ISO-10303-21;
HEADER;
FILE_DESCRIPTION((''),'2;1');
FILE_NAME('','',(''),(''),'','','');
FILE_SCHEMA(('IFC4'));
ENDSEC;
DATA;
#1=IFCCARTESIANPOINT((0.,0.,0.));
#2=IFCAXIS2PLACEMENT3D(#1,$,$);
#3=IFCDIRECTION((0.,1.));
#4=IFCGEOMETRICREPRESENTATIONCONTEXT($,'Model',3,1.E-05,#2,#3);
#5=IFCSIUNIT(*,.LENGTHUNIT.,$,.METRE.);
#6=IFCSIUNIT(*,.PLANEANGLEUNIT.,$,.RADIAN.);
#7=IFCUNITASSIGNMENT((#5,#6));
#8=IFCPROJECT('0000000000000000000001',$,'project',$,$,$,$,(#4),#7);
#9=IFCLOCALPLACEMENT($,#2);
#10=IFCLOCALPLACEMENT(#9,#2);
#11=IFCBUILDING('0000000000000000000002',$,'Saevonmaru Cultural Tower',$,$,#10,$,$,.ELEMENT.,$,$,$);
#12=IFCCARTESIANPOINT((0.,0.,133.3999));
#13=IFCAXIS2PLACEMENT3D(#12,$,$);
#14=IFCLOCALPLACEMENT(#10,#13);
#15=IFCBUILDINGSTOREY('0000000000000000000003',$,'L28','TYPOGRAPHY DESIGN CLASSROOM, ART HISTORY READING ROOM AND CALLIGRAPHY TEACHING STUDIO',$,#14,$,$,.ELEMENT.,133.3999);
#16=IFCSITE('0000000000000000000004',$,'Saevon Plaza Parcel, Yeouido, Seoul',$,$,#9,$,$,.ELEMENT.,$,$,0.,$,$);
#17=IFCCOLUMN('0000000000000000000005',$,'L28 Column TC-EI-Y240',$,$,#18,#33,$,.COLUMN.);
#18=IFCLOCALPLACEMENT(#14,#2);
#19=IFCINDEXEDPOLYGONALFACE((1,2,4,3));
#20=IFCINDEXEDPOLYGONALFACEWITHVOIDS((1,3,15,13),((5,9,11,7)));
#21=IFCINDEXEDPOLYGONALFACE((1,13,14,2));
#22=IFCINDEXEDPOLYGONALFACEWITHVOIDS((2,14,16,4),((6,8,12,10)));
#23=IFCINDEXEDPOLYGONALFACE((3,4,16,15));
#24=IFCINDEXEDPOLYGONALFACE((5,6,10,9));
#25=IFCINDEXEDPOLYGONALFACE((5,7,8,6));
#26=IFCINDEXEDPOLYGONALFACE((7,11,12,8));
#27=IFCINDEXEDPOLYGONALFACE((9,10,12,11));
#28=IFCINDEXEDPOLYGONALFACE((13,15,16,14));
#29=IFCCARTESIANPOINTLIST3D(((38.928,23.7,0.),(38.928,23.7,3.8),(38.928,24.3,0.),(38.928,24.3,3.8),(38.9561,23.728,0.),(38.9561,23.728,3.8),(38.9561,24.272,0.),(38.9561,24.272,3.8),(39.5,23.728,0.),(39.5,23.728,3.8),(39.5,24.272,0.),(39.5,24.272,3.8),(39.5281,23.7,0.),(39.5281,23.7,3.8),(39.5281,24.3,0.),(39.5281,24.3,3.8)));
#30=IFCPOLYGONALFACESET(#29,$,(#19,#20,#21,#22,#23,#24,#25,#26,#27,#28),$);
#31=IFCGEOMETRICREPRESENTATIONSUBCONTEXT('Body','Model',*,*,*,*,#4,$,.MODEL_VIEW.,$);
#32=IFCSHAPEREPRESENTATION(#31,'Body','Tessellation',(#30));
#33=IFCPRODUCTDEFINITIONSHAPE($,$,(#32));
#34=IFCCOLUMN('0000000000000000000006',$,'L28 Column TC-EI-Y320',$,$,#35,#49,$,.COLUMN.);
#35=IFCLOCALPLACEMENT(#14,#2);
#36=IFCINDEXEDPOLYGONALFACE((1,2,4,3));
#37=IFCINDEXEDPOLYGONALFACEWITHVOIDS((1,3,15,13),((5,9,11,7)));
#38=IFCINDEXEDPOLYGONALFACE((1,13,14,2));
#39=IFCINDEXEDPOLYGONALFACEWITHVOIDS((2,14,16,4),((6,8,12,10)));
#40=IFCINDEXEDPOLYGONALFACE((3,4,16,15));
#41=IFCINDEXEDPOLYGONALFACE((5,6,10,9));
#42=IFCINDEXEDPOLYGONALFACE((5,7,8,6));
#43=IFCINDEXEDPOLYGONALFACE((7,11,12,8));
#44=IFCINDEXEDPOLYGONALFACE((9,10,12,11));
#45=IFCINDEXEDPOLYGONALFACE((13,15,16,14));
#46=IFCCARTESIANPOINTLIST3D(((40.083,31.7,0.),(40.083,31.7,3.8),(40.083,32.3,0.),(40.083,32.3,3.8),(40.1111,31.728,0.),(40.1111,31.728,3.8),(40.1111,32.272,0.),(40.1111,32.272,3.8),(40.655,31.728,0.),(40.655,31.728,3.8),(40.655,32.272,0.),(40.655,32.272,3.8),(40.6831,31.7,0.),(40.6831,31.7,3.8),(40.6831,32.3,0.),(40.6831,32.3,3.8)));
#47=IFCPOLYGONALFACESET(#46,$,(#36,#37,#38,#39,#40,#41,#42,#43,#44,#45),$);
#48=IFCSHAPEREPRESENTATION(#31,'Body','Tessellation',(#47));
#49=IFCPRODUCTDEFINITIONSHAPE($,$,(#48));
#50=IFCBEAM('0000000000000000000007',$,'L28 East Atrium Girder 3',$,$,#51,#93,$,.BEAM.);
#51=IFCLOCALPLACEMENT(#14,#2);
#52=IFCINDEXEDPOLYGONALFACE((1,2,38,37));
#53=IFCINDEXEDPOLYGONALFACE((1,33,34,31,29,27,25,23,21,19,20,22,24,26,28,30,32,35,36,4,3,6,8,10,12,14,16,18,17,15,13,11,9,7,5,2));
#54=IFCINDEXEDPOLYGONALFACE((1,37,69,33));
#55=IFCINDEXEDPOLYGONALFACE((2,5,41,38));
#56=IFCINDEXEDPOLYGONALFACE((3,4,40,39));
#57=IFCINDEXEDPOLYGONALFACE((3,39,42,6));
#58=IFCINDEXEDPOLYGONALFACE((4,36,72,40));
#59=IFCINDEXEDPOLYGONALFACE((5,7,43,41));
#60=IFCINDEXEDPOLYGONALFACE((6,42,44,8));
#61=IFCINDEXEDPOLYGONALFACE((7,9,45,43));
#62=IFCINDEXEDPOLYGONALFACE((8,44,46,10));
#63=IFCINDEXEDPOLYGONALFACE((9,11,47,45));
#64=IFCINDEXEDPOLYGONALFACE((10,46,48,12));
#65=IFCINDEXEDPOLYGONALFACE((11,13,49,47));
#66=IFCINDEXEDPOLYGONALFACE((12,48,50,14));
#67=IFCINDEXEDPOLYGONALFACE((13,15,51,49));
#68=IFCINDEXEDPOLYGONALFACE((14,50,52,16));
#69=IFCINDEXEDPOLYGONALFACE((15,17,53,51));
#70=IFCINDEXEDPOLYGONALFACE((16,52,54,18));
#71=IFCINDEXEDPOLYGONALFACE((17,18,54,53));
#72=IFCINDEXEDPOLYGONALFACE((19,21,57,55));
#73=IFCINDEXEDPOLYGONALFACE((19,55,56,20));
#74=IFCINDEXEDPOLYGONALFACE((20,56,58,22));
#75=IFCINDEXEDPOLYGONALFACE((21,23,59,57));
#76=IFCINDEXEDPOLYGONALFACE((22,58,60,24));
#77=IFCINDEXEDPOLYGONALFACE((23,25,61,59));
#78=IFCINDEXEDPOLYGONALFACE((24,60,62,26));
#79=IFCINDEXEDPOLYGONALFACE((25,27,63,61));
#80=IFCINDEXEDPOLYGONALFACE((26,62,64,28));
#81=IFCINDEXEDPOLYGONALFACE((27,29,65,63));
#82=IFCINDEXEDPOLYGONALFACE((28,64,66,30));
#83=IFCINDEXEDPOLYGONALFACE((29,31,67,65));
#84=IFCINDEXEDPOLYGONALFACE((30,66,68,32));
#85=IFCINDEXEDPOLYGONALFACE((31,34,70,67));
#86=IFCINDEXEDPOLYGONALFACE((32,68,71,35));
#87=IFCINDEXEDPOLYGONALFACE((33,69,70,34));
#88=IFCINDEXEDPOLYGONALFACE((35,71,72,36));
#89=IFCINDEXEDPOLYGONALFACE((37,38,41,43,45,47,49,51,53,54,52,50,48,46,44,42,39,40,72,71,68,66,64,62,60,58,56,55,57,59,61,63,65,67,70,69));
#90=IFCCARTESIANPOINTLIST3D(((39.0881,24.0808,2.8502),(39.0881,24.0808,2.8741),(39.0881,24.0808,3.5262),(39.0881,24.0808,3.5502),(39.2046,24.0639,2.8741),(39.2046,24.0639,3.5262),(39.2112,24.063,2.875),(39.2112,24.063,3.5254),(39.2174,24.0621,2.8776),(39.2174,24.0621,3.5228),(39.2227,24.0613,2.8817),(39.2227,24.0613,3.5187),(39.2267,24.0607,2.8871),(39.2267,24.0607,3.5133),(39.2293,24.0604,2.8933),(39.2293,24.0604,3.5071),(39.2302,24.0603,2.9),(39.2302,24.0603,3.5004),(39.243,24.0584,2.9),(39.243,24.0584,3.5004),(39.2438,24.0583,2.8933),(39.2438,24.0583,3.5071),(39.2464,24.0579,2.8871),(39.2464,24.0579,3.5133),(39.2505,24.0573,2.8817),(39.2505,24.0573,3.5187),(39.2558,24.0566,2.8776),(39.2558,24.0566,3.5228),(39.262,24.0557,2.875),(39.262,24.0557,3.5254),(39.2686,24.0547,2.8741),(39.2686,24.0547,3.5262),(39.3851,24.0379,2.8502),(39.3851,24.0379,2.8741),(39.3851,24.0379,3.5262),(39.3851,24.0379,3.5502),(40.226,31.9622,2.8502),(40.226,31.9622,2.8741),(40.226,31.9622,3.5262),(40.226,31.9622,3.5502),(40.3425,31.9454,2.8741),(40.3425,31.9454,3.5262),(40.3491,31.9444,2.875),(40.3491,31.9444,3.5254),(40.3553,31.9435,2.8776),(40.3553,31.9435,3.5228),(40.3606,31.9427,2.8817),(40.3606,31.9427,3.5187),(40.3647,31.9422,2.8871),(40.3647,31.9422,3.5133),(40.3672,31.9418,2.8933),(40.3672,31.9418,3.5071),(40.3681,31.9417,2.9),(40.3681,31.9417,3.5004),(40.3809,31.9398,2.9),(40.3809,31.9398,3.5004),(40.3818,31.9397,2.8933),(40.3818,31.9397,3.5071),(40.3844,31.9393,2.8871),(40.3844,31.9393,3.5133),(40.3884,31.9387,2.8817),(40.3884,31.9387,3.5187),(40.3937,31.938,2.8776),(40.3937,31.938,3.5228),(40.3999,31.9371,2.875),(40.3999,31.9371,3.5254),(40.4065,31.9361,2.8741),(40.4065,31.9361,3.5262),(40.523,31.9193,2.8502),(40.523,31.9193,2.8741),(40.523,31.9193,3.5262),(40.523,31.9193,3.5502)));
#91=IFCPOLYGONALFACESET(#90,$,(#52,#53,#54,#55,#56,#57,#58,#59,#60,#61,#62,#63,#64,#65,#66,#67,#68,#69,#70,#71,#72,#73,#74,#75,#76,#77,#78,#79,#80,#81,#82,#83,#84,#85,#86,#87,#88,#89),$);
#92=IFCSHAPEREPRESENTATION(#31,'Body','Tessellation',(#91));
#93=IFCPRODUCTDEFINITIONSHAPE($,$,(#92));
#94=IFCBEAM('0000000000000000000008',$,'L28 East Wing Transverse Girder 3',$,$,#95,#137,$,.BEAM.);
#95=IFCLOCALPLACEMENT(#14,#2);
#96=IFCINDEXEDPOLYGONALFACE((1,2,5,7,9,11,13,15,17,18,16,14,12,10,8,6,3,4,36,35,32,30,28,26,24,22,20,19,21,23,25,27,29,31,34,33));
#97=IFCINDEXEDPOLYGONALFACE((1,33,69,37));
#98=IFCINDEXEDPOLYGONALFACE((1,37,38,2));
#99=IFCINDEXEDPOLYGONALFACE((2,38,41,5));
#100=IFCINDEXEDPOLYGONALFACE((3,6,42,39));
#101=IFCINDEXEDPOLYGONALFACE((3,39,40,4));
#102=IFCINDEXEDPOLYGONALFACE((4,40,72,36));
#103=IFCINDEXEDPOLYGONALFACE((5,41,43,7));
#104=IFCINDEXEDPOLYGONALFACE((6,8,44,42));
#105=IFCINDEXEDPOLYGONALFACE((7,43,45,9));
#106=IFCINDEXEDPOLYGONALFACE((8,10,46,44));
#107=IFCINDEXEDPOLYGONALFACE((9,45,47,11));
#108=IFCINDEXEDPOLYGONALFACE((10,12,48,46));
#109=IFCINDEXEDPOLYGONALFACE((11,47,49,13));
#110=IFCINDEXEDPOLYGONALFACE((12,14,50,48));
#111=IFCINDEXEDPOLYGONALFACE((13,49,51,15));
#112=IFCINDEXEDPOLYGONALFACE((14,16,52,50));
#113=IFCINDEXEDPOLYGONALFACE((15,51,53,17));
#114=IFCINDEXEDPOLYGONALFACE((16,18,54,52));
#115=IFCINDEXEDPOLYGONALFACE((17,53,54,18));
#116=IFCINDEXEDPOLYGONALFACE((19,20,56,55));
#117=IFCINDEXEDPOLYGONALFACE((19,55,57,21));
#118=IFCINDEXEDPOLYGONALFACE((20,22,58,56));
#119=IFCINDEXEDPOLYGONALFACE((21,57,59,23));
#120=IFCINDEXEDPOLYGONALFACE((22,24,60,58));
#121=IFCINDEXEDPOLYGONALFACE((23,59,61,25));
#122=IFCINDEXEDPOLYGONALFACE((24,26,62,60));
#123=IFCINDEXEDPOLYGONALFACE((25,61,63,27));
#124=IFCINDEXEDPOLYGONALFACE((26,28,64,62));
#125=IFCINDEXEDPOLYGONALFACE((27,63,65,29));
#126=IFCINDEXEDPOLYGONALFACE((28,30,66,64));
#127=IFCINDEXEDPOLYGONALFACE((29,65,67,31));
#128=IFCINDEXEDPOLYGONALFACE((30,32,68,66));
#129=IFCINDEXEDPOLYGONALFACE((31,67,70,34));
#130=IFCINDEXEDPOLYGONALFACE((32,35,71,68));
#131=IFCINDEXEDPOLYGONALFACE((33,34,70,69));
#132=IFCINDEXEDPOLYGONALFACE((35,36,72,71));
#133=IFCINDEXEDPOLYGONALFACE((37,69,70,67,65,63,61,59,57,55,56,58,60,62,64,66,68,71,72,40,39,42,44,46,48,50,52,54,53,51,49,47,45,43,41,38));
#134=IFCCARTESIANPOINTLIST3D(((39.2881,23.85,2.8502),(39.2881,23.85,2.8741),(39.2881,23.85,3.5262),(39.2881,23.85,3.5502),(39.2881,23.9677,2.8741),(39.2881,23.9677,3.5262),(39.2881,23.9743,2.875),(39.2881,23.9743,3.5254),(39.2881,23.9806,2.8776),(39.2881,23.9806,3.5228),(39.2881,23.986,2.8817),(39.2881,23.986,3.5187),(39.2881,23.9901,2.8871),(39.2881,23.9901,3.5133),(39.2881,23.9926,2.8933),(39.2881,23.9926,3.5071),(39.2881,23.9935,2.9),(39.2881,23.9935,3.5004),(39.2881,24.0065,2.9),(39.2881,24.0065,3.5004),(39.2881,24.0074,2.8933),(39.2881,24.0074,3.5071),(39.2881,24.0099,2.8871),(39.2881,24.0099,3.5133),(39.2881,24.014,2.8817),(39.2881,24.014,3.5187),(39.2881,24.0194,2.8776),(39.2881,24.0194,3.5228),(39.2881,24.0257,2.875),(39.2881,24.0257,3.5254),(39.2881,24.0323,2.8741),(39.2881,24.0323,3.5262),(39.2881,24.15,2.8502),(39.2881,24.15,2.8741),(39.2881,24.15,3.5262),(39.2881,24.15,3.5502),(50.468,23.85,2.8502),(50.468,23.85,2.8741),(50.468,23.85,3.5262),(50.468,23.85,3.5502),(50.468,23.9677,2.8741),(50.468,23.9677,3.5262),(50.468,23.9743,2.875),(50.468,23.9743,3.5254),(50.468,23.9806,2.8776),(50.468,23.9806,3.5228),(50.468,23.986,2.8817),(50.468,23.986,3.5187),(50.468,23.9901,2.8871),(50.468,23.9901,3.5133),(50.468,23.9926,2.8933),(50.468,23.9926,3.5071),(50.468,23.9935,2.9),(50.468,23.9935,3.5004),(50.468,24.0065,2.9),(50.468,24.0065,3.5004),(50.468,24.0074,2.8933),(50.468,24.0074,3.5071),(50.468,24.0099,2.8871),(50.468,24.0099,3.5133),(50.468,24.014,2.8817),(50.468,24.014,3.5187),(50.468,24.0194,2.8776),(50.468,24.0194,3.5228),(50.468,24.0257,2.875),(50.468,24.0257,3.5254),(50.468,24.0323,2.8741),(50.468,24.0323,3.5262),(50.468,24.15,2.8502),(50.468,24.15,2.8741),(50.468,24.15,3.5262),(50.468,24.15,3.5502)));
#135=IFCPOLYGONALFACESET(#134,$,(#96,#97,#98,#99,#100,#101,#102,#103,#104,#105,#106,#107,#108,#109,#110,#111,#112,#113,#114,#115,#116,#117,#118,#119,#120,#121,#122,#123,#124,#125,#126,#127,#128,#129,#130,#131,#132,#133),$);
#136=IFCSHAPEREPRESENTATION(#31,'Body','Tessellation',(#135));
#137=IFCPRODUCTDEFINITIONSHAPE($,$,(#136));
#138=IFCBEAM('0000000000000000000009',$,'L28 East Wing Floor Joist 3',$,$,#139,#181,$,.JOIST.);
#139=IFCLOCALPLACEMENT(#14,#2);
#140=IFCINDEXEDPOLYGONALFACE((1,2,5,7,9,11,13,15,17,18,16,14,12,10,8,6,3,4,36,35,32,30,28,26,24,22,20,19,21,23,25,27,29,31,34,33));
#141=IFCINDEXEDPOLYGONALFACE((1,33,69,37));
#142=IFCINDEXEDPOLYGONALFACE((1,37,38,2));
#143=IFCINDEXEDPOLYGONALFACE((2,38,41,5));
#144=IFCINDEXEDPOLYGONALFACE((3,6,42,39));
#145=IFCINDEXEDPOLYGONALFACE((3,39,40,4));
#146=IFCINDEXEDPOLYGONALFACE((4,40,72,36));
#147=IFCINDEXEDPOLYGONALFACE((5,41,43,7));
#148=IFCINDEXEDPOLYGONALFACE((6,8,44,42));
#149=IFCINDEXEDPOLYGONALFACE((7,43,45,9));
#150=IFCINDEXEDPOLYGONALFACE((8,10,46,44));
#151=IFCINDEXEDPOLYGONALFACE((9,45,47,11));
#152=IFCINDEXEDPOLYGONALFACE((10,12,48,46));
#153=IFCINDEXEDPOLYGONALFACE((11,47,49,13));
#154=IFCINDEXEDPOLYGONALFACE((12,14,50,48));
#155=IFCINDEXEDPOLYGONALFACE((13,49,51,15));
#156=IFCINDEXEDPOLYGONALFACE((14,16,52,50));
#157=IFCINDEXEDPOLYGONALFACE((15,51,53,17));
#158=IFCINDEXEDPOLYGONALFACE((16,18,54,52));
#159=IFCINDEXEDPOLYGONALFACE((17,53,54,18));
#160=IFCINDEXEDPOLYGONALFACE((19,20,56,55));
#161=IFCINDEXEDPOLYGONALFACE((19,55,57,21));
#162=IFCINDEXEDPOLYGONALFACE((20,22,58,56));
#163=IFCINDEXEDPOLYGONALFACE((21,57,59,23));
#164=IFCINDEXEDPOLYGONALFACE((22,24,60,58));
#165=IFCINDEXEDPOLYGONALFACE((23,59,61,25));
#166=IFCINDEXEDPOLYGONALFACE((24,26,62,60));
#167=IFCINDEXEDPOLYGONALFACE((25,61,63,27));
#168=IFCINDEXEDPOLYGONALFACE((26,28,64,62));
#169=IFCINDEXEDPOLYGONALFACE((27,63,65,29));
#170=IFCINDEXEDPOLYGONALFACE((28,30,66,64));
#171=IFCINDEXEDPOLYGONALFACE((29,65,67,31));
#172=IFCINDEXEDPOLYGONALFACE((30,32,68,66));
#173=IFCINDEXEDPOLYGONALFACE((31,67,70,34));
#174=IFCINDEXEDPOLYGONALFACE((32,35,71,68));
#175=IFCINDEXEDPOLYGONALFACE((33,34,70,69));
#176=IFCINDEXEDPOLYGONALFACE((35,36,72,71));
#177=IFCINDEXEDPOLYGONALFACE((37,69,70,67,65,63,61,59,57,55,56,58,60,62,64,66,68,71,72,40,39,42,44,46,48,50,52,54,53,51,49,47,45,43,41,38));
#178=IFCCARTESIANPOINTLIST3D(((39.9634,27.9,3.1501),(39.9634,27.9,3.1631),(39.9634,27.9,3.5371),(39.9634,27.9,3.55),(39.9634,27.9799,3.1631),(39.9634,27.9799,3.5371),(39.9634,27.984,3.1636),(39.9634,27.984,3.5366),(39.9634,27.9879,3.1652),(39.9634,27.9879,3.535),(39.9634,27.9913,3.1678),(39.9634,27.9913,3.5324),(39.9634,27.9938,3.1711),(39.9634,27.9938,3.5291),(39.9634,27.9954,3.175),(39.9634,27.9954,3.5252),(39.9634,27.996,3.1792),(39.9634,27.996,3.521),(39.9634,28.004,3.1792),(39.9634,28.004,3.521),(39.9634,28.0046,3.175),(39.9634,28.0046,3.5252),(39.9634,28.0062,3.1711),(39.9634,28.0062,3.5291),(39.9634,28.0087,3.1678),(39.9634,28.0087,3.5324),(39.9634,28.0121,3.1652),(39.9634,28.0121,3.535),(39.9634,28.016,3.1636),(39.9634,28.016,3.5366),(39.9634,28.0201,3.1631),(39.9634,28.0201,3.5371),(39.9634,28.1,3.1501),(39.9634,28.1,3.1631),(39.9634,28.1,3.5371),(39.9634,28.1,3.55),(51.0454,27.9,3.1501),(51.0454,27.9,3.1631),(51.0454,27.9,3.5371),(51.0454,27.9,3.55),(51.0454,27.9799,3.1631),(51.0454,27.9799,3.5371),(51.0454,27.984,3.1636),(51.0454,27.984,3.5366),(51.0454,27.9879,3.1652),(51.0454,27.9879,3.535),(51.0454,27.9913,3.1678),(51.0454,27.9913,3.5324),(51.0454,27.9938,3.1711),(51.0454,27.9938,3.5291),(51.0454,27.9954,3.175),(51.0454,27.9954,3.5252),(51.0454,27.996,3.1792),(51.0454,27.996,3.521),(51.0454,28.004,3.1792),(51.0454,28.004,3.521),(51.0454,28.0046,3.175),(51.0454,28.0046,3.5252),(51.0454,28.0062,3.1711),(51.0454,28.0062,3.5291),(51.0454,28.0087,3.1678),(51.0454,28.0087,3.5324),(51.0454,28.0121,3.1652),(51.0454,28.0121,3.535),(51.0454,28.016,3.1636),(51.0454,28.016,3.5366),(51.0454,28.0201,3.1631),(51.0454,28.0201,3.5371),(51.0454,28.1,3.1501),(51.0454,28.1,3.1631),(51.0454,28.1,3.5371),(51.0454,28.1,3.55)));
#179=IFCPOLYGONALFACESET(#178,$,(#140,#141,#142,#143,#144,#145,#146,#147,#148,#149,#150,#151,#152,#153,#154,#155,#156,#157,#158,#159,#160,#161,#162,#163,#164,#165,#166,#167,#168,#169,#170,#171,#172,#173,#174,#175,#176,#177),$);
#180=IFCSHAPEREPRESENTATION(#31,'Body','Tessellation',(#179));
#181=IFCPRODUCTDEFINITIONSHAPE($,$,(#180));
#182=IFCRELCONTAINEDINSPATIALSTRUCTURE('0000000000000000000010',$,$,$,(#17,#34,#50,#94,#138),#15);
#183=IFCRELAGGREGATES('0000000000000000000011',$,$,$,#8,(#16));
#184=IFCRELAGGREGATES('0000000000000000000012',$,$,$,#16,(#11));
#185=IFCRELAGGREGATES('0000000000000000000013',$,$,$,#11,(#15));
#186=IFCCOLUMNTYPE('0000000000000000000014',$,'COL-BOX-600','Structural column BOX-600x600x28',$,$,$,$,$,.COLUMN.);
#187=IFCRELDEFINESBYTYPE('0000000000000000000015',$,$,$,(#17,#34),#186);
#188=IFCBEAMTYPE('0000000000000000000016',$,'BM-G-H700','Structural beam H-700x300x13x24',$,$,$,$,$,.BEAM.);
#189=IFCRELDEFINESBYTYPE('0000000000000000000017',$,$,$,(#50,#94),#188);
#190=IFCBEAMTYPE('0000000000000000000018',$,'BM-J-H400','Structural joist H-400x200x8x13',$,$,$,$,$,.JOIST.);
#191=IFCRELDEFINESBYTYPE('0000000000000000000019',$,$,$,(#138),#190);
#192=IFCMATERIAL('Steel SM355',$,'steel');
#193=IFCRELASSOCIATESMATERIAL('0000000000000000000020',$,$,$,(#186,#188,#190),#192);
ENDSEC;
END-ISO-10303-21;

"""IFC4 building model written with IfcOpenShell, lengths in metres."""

from ifc_helpers import new_model, si_unit, direction, frame, origin, origin_2d, place, context, subcontext, project, spatial, hollow_rectangle, i_section, extrude, material, material_profile, profile_set, type_object, element, save


model = new_model("IFC4")

# Units and contexts
model_context = context("Model", 3, precision=1e-05, world=origin(), true_north=direction((0.0, 1.0)))
body_context = subcontext(model_context, "Body", "Model", "MODEL_VIEW")
ifc_project = project(units=[si_unit("LENGTHUNIT", "METRE"), si_unit("PLANEANGLEUNIT", "RADIAN")], contexts=[model_context])

# Site, building, storey
site_placement = place(None, origin())
site = spatial("IfcSite", under=ifc_project, at=site_placement, Name="Saevon Plaza Parcel, Yeouido, Seoul", CompositionType="ELEMENT", RefElevation=0.0)
building_placement = place(site_placement, origin())
building = spatial("IfcBuilding", under=site, at=building_placement, Name="Saevonmaru Cultural Tower", CompositionType="ELEMENT")
storey_placement = place(building_placement, frame((0.0, 0.0, 133.3999)))
storey = spatial("IfcBuildingStorey", under=building, at=storey_placement, Name="L28", Description="TYPOGRAPHY DESIGN CLASSROOM, ART HISTORY READING ROOM AND CALLIGRAPHY TEACHING STUDIO", CompositionType="ELEMENT", Elevation=133.3999)

# Columns
ifc_material_1 = material(Name="Steel SM355", Category="steel")
ifc_material_profile_1 = material_profile(ifc_material_1, hollow_rectangle(XDim=0.6001, YDim=0.6001, WallThickness=0.0281, at=origin_2d()), Name="BOX-600x600x28")
ifc_profile_set_1 = profile_set([ifc_material_profile_1], Name="Steel SM355")
column_type = type_object("IfcColumnType", Name="COL-BOX-600", Description="Structural column BOX-600x600x28", PredefinedType="COLUMN", material=ifc_profile_set_1)
for number, where, z_axis, x_axis, name in (
    (1, (39.228, 24.0, 0.0), (0.0, 0.0, 1.0), (1.0, 0.0, 0.0), "L28 Column TC-EI-Y240"),
    (2, (40.3831, 32.0, 0.0), (0.0, 0.0, 1.0), (1.0, 0.0, 0.0), "L28 Column TC-EI-Y320"),
):
    element("IfcColumn", number, at=place(storey_placement, frame(where, z_axis=z_axis, x_axis=x_axis)), inside=storey, type_object=column_type, Name=name, PredefinedType="COLUMN", context=body_context, shape_type="SweptSolid", body=[
        extrude(hollow_rectangle(XDim=0.6001, YDim=0.6001, WallThickness=0.0281, at=origin_2d()), origin(), (0.0, 0.0, 1.0), 3.8),
    ])

# Beams
ifc_material_profile_2 = material_profile(ifc_material_1, i_section(OverallWidth=0.3, OverallDepth=0.7, WebThickness=0.0129, FlangeThickness=0.0239, FilletRadius=0.0259, at=origin_2d()), Name="H-700x300x13x24")
ifc_profile_set_2 = profile_set([ifc_material_profile_2], Name="Steel SM355")
beam_type_1 = type_object("IfcBeamType", Name="BM-G-H700", Description="Structural beam H-700x300x13x24", PredefinedType="BEAM", material=ifc_profile_set_2)
beam_1_placement = place(storey_placement, frame((39.2366, 24.0593, 3.2002), z_axis=(0.142902, 0.989737, 0.0), x_axis=(-0.989737, 0.142902, 0.0)))
element("IfcBeam", 3, at=beam_1_placement, inside=storey, type_object=beam_type_1, Name="L28 East Atrium Girder 3", PredefinedType="BEAM", context=body_context, shape_type="SweptSolid", body=[
    extrude(i_section(OverallWidth=0.3, OverallDepth=0.7, WebThickness=0.0129, FlangeThickness=0.0239, FilletRadius=0.0259, at=origin_2d()), origin(), (0.0, 0.0, 1.0), 7.9631),
])
beam_2_placement = place(storey_placement, frame((39.2881, 24.0, 3.2002), z_axis=(1.0, 0.0, 0.0), x_axis=(0.0, 1.0, 0.0)))
element("IfcBeam", 4, at=beam_2_placement, inside=storey, type_object=beam_type_1, Name="L28 East Wing Transverse Girder 3", PredefinedType="BEAM", context=body_context, shape_type="SweptSolid", body=[
    extrude(i_section(OverallWidth=0.3, OverallDepth=0.7, WebThickness=0.0129, FlangeThickness=0.0239, FilletRadius=0.0259, at=origin_2d()), origin(), (0.0, 0.0, 1.0), 11.1799),
])
ifc_material_profile_3 = material_profile(ifc_material_1, i_section(OverallWidth=0.2, OverallDepth=0.3999, WebThickness=0.0081, FlangeThickness=0.0129, FilletRadius=0.0161, at=origin_2d()), Name="H-400x200x8x13")
ifc_profile_set_3 = profile_set([ifc_material_profile_3], Name="Steel SM355")
beam_type_2 = type_object("IfcBeamType", Name="BM-J-H400", Description="Structural joist H-400x200x8x13", PredefinedType="JOIST", material=ifc_profile_set_3)
beam_3_placement = place(storey_placement, frame((39.9634, 28.0, 3.3501), z_axis=(1.0, 0.0, 0.0), x_axis=(0.0, 1.0, 0.0)))
element("IfcBeam", 5, at=beam_3_placement, inside=storey, type_object=beam_type_2, Name="L28 East Wing Floor Joist 3", PredefinedType="JOIST", context=body_context, shape_type="SweptSolid", body=[
    extrude(i_section(OverallWidth=0.2, OverallDepth=0.3999, WebThickness=0.0081, FlangeThickness=0.0129, FilletRadius=0.0161, at=origin_2d()), origin(), (0.0, 0.0, 1.0), 11.082),
])

save(model, "model.ifc")
